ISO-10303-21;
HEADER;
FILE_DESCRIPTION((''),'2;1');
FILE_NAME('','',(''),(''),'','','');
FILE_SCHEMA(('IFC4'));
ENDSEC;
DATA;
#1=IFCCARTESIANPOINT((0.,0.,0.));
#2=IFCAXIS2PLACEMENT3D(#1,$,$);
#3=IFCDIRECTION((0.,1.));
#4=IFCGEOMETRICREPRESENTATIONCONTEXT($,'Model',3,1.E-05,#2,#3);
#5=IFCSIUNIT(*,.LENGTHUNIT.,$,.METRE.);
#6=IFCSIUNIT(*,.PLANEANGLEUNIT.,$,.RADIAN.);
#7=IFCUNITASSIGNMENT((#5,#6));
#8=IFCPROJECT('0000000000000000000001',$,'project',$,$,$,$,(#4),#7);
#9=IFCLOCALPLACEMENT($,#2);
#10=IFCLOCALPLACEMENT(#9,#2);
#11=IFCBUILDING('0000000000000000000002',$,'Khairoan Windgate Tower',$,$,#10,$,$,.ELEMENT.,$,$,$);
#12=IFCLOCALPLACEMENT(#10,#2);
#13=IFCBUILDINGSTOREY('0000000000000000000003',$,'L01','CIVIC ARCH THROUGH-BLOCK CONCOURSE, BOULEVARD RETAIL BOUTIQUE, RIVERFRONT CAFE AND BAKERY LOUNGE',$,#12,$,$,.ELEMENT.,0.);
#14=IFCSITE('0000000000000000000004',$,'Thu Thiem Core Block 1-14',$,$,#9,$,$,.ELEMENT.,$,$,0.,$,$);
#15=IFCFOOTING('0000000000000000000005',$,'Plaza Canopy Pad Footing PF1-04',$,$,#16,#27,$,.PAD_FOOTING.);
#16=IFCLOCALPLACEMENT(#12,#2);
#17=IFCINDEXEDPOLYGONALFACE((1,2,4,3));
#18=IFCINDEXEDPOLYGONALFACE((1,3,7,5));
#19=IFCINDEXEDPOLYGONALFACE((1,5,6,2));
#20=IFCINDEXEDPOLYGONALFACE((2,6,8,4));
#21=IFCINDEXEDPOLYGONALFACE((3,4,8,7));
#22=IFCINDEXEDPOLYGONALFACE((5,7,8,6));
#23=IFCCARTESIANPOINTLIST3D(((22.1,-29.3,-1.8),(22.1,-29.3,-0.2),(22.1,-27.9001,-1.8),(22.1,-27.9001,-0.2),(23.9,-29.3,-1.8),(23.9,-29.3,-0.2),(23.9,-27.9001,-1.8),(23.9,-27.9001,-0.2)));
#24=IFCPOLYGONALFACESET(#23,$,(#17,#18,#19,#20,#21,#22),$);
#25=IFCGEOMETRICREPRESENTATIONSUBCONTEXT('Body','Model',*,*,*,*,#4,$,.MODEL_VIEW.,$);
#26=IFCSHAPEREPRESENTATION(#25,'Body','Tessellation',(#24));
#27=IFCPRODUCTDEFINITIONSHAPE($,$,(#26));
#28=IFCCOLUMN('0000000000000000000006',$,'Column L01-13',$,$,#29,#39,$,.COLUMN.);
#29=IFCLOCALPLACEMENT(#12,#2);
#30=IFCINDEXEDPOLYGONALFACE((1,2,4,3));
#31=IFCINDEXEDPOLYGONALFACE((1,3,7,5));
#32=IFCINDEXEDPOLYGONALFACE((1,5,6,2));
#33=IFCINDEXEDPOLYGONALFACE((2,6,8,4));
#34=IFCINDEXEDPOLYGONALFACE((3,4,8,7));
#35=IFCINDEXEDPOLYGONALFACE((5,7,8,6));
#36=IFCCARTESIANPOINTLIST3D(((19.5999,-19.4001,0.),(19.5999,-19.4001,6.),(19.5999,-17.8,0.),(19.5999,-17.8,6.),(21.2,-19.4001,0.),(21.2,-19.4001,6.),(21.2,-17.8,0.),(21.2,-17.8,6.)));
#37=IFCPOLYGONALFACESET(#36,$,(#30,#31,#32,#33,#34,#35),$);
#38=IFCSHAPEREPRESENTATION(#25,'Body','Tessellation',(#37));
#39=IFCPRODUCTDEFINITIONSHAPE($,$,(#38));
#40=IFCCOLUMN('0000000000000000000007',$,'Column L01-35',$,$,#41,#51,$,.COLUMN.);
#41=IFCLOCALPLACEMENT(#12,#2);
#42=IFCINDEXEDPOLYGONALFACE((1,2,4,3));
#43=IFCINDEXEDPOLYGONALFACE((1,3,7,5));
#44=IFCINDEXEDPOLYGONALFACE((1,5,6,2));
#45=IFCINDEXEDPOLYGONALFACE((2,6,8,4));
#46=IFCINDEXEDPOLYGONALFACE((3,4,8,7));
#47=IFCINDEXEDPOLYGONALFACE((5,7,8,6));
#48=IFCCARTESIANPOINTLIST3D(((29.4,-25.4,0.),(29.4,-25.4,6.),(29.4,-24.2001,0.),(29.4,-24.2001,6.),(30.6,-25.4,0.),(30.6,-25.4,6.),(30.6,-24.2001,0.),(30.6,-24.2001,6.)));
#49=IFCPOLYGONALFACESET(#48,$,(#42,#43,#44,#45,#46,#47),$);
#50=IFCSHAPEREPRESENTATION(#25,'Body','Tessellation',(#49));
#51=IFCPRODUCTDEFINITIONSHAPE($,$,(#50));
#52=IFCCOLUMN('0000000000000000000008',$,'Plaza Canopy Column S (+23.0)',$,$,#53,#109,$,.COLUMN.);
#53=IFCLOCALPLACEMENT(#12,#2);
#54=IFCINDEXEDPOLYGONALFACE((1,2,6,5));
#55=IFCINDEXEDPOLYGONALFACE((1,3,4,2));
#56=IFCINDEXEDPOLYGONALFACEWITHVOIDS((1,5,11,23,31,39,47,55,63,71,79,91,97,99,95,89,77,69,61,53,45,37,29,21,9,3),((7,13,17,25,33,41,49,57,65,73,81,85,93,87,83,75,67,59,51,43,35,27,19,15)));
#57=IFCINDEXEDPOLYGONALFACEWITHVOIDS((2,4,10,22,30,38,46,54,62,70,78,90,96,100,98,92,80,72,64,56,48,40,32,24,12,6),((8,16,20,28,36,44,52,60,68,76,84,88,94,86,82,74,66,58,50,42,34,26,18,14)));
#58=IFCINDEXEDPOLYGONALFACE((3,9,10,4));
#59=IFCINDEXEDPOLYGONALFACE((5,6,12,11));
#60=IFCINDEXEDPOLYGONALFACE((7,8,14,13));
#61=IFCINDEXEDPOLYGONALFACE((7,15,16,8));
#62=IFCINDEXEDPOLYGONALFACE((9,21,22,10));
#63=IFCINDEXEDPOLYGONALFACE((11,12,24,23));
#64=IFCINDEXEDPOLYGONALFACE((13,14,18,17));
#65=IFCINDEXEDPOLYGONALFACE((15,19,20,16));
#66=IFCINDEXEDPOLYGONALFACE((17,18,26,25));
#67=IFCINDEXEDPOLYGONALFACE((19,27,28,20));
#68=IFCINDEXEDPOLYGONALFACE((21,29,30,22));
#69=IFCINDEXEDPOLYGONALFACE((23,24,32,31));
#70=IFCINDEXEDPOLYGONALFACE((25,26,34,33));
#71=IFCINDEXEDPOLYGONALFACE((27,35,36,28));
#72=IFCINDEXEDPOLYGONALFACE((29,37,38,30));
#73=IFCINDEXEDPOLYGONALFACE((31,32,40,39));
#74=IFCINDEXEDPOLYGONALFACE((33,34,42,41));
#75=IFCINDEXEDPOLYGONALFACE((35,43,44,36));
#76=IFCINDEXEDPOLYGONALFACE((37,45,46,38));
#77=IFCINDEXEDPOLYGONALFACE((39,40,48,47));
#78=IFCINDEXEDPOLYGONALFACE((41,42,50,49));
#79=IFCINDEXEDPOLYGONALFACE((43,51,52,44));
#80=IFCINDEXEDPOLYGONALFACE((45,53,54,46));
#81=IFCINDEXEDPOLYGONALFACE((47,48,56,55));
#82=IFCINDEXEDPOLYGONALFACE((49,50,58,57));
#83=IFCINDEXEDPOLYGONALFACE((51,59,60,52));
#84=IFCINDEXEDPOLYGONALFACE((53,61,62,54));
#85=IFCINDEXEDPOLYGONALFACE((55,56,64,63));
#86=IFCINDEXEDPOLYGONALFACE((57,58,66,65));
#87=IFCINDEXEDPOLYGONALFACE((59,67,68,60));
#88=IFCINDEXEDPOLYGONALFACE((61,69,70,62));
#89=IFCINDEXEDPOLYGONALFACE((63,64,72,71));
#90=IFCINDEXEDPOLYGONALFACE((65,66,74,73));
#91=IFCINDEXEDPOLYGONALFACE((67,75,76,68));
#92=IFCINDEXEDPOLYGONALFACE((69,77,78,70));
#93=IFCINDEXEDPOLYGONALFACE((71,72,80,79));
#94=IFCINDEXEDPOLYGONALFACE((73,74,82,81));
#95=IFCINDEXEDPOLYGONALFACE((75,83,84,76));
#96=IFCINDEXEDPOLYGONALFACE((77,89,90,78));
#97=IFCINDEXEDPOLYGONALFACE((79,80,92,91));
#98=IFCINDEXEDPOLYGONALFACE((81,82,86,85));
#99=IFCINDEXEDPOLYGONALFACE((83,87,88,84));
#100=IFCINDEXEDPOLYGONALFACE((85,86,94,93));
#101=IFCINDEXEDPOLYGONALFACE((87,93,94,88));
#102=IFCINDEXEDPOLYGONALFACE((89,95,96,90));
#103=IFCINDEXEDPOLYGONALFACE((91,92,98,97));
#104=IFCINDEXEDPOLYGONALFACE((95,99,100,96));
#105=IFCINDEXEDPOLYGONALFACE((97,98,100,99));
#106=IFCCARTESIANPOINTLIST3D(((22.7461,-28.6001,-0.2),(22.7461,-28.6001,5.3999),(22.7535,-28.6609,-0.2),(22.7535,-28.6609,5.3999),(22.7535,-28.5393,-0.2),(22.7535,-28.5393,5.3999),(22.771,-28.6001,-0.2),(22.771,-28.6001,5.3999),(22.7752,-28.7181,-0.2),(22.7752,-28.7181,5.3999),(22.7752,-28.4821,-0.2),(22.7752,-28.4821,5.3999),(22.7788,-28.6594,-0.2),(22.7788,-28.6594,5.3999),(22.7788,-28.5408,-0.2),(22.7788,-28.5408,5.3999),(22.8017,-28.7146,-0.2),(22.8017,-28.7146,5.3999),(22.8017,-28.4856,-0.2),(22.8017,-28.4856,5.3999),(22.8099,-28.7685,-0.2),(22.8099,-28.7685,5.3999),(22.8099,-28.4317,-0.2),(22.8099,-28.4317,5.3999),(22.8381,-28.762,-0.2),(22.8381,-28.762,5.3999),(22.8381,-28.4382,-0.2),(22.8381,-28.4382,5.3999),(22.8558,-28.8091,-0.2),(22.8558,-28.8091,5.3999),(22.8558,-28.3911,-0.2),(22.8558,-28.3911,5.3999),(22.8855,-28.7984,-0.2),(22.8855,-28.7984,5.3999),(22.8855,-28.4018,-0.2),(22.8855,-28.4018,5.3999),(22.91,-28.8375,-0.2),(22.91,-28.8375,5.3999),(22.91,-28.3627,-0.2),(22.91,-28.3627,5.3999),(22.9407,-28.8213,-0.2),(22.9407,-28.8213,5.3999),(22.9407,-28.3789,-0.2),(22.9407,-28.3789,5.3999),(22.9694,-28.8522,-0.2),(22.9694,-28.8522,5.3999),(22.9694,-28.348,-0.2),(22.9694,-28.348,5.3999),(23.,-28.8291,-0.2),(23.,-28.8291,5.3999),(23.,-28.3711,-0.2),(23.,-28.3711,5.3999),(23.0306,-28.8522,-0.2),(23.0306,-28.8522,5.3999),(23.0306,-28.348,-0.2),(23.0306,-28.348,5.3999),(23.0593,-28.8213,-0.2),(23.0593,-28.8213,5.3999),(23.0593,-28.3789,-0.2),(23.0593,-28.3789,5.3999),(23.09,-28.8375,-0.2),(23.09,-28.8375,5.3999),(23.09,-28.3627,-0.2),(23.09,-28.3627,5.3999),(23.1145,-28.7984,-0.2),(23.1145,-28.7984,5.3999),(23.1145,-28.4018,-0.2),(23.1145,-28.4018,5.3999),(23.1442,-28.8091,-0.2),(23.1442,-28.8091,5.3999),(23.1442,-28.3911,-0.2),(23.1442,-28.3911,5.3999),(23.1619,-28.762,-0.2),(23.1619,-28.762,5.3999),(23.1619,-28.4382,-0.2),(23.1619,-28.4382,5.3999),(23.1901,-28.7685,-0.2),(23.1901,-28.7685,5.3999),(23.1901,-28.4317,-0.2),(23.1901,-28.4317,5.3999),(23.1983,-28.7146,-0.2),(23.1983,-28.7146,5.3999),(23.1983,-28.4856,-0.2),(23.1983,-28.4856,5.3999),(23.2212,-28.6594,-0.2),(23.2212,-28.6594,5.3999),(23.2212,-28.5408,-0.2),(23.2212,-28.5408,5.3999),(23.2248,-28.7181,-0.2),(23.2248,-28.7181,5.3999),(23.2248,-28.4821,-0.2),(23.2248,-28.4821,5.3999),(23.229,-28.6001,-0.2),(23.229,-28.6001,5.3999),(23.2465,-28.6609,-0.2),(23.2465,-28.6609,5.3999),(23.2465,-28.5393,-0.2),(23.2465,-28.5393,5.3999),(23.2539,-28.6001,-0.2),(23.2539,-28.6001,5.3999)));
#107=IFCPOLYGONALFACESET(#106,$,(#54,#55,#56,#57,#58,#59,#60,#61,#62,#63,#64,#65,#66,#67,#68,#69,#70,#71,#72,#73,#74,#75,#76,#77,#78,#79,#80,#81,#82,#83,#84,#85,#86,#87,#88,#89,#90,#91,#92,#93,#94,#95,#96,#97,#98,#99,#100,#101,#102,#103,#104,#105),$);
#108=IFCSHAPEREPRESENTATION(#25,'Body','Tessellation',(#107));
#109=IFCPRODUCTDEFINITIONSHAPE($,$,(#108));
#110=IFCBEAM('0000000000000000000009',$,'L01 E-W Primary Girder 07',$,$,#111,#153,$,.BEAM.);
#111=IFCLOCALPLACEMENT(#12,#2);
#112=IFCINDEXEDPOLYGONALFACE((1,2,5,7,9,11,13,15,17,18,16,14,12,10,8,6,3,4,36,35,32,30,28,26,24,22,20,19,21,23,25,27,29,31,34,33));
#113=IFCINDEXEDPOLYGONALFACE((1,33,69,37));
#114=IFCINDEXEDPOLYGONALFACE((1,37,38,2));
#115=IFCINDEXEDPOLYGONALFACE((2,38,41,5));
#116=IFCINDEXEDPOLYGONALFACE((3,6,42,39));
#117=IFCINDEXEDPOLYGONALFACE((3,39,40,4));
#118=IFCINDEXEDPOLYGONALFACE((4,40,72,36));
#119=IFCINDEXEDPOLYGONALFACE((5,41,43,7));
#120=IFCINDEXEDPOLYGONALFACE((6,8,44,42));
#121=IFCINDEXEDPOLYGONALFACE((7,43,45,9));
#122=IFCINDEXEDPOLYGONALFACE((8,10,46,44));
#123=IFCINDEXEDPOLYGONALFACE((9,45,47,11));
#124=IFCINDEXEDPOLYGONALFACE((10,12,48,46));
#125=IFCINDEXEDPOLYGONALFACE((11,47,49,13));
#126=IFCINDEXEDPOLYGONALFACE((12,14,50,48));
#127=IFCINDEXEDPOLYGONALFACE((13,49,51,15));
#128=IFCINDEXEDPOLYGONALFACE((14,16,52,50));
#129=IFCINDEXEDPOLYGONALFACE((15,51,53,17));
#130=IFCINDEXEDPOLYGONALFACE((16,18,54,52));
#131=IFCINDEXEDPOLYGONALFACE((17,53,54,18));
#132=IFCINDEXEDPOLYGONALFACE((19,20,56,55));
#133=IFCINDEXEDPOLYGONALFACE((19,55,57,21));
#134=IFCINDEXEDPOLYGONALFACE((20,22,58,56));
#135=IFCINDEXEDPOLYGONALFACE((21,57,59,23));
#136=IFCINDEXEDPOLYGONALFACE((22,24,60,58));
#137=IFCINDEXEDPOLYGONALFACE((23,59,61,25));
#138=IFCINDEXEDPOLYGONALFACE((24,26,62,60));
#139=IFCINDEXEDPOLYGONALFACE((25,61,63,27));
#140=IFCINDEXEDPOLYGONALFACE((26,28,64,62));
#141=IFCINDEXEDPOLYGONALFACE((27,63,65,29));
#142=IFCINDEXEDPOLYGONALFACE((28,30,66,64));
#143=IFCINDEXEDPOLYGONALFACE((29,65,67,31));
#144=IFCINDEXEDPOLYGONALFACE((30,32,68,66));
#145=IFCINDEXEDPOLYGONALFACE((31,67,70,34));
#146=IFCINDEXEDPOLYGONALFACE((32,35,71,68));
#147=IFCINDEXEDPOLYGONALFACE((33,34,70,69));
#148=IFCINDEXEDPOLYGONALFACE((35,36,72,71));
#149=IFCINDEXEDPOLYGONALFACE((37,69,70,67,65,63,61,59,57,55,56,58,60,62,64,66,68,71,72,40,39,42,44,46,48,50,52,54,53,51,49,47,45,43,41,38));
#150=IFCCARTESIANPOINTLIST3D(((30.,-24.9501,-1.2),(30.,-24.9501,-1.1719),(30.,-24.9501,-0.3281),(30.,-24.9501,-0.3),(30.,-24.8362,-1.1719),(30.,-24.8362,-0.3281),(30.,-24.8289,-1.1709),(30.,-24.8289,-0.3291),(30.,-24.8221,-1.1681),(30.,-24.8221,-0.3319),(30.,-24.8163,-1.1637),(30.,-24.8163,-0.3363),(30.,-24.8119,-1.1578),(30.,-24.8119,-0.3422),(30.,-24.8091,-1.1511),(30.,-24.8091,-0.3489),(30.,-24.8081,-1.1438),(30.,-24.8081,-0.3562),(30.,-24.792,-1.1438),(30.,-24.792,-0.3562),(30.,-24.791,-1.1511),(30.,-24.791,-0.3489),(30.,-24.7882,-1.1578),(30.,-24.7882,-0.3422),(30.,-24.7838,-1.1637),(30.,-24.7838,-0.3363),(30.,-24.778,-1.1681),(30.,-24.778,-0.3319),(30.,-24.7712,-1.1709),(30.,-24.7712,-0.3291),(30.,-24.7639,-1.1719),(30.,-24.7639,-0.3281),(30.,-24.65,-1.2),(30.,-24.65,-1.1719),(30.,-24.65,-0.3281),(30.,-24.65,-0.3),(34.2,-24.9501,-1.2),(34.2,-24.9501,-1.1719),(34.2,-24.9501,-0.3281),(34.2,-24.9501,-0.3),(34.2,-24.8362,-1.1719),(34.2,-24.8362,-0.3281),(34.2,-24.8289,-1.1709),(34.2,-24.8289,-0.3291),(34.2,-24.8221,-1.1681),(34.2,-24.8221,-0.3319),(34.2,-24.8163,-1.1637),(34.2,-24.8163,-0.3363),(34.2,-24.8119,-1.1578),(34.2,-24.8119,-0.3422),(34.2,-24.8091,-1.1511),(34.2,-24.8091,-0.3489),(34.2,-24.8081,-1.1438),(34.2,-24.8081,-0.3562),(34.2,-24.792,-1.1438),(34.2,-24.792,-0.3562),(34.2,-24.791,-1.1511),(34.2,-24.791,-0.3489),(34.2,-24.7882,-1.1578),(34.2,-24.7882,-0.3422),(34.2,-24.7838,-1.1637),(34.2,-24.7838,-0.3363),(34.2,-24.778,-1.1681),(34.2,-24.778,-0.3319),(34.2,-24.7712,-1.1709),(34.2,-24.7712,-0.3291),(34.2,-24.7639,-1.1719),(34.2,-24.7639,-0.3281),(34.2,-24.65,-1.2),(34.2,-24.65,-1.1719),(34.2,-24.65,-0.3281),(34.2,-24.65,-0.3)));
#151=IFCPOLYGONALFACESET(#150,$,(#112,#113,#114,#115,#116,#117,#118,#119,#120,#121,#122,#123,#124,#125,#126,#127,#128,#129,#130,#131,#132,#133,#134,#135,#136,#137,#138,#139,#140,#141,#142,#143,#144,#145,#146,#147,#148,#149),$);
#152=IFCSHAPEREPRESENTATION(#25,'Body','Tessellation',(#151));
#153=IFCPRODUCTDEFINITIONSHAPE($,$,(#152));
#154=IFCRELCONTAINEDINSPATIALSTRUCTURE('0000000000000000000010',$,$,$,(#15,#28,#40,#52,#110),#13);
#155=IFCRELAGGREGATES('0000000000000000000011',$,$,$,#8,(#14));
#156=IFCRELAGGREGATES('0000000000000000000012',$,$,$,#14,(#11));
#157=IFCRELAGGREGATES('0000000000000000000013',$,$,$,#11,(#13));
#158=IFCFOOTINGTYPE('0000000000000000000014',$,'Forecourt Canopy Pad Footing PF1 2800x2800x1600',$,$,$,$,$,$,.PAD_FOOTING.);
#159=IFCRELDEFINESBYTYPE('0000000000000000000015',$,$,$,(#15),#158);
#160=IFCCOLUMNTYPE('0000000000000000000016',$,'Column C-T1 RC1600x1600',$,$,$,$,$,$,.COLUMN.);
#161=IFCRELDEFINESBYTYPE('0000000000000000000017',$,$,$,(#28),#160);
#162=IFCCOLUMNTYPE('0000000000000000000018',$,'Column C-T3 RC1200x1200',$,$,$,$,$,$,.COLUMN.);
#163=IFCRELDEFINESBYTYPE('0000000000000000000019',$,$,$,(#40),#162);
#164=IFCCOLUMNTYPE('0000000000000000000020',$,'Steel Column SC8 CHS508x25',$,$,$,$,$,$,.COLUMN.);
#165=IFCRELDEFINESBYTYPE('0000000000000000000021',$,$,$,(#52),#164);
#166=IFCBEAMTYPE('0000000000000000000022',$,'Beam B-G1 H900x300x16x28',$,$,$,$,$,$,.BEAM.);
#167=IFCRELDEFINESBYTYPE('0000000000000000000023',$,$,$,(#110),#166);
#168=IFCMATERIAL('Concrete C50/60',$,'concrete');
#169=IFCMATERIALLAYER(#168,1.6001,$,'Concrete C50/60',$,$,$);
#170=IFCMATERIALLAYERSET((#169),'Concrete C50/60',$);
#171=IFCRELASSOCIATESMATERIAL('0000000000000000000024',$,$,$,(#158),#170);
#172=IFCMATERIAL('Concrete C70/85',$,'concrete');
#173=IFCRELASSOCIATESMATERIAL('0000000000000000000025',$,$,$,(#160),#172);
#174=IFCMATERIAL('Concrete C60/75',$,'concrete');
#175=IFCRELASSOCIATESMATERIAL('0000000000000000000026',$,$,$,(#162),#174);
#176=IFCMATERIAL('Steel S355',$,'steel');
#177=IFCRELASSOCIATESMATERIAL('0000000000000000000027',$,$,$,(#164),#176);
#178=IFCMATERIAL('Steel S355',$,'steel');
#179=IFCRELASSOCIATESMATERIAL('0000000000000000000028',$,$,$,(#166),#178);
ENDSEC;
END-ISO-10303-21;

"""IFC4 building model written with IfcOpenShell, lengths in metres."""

from ifc_helpers import new_model, si_unit, direction, frame, origin, origin_2d, place, context, subcontext, project, spatial, rectangle, hollow_circle, i_section, extrude, material, layer, layer_set, material_profile, profile_set, type_object, element, save


model = new_model("IFC4")

# Units and contexts
model_context = context("Model", 3, precision=1e-05, world=origin(), true_north=direction((0.0, 1.0)))
body_context = subcontext(model_context, "Body", "Model", "MODEL_VIEW")
ifc_project = project(units=[si_unit("LENGTHUNIT", "METRE"), si_unit("PLANEANGLEUNIT", "RADIAN")], contexts=[model_context])

# Site, building, storey
site_placement = place(None, origin())
site = spatial("IfcSite", under=ifc_project, at=site_placement, Name="Thu Thiem Core Block 1-14", CompositionType="ELEMENT", RefElevation=0.0)
building_placement = place(site_placement, origin())
building = spatial("IfcBuilding", under=site, at=building_placement, Name="Khairoan Windgate Tower", CompositionType="ELEMENT")
storey_placement = place(building_placement, origin())
storey = spatial("IfcBuildingStorey", under=building, at=storey_placement, Name="L01", Description="CIVIC ARCH THROUGH-BLOCK CONCOURSE, BOULEVARD RETAIL BOUTIQUE, RIVERFRONT CAFE AND BAKERY LOUNGE", CompositionType="ELEMENT", Elevation=0.0)

# Footing
ifc_material_1 = material(Name="Concrete C50/60", Category="concrete")
ifc_layer_1 = layer(ifc_material_1, 1.6001, Name="Concrete C50/60")
ifc_layer_set_1 = layer_set([ifc_layer_1], Name="Concrete C50/60")
footing_type = type_object("IfcFootingType", Name="Forecourt Canopy Pad Footing PF1 2800x2800x1600", PredefinedType="PAD_FOOTING", material=ifc_layer_set_1)
footing_placement = place(storey_placement, frame((23.0, -28.6001, -1.8), z_axis=(0.0, 0.0, 1.0), x_axis=(1.0, 0.0, 0.0)))
element("IfcFooting", 1, at=footing_placement, inside=storey, type_object=footing_type, Name="Plaza Canopy Pad Footing PF1-04", PredefinedType="PAD_FOOTING", context=body_context, shape_type="SweptSolid", body=[
    extrude(rectangle(XDim=1.8, YDim=1.3999, at=origin_2d()), origin(), (0.0, 0.0, 1.0), 1.6001),
])

# Columns
ifc_material_2 = material(Name="Concrete C70/85", Category="concrete")
ifc_material_profile_1 = material_profile(ifc_material_2, rectangle(XDim=1.6001, YDim=1.6001, at=origin_2d()))
ifc_profile_set_1 = profile_set([ifc_material_profile_1], Name="Concrete C70/85")
column_type_1 = type_object("IfcColumnType", Name="Column C-T1 RC1600x1600", PredefinedType="COLUMN", material=ifc_profile_set_1)
column_1_placement = place(storey_placement, frame((20.3999, -18.6001, 0.0), z_axis=(0.0, 0.0, 1.0), x_axis=(1.0, 0.0, 0.0)))
element("IfcColumn", 2, at=column_1_placement, inside=storey, type_object=column_type_1, Name="Column L01-13", PredefinedType="COLUMN", context=body_context, shape_type="SweptSolid", body=[
    extrude(rectangle(XDim=1.6001, YDim=1.6001, at=origin_2d()), origin(), (0.0, 0.0, 1.0), 6.0),
])
ifc_material_3 = material(Name="Concrete C60/75", Category="concrete")
ifc_material_profile_2 = material_profile(ifc_material_3, rectangle(XDim=1.2, YDim=1.2, at=origin_2d()))
ifc_profile_set_2 = profile_set([ifc_material_profile_2], Name="Concrete C60/75")
column_type_2 = type_object("IfcColumnType", Name="Column C-T3 RC1200x1200", PredefinedType="COLUMN", material=ifc_profile_set_2)
column_2_placement = place(storey_placement, frame((30.0, -24.8, 0.0), z_axis=(0.0, 0.0, 1.0), x_axis=(1.0, 0.0, 0.0)))
element("IfcColumn", 3, at=column_2_placement, inside=storey, type_object=column_type_2, Name="Column L01-35", PredefinedType="COLUMN", context=body_context, shape_type="SweptSolid", body=[
    extrude(rectangle(XDim=1.2, YDim=1.2, at=origin_2d()), origin(), (0.0, 0.0, 1.0), 6.0),
])
ifc_material_4 = material(Name="Steel S355", Category="steel")
ifc_material_profile_3 = material_profile(ifc_material_4, hollow_circle(Radius=0.2539, WallThickness=0.0249, at=origin_2d()))
ifc_profile_set_3 = profile_set([ifc_material_profile_3], Name="Steel S355")
column_type_3 = type_object("IfcColumnType", Name="Steel Column SC8 CHS508x25", PredefinedType="COLUMN", material=ifc_profile_set_3)
column_3_placement = place(storey_placement, frame((23.0, -28.6001, -0.2), z_axis=(0.0, 0.0, 1.0), x_axis=(1.0, 0.0, 0.0)))
element("IfcColumn", 4, at=column_3_placement, inside=storey, type_object=column_type_3, Name="Plaza Canopy Column S (+23.0)", PredefinedType="COLUMN", context=body_context, shape_type="SweptSolid", body=[
    extrude(hollow_circle(Radius=0.2539, WallThickness=0.0249, at=origin_2d()), origin(), (0.0, 0.0, 1.0), 5.5999),
])

# Beam
ifc_material_5 = material(Name="Steel S355", Category="steel")
ifc_material_profile_4 = material_profile(ifc_material_5, i_section(OverallWidth=0.3, OverallDepth=0.8999, WebThickness=0.0161, FlangeThickness=0.0281, FilletRadius=0.0281, at=origin_2d()))
ifc_profile_set_4 = profile_set([ifc_material_profile_4], Name="Steel S355")
beam_type = type_object("IfcBeamType", Name="Beam B-G1 H900x300x16x28", PredefinedType="BEAM", material=ifc_profile_set_4)
beam_1_placement = place(storey_placement, frame((30.0, -24.8, -0.75), z_axis=(1.0, 0.0, 0.0), x_axis=(0.0, 1.0, 0.0)))
element("IfcBeam", 5, at=beam_1_placement, inside=storey, type_object=beam_type, Name="L01 E-W Primary Girder 07", PredefinedType="BEAM", context=body_context, shape_type="SweptSolid", body=[
    extrude(i_section(OverallWidth=0.3, OverallDepth=0.8999, WebThickness=0.0161, FlangeThickness=0.0281, FilletRadius=0.0281, at=origin_2d()), origin(), (0.0, 0.0, 1.0), 4.2),
])

save(model, "model.ifc")
